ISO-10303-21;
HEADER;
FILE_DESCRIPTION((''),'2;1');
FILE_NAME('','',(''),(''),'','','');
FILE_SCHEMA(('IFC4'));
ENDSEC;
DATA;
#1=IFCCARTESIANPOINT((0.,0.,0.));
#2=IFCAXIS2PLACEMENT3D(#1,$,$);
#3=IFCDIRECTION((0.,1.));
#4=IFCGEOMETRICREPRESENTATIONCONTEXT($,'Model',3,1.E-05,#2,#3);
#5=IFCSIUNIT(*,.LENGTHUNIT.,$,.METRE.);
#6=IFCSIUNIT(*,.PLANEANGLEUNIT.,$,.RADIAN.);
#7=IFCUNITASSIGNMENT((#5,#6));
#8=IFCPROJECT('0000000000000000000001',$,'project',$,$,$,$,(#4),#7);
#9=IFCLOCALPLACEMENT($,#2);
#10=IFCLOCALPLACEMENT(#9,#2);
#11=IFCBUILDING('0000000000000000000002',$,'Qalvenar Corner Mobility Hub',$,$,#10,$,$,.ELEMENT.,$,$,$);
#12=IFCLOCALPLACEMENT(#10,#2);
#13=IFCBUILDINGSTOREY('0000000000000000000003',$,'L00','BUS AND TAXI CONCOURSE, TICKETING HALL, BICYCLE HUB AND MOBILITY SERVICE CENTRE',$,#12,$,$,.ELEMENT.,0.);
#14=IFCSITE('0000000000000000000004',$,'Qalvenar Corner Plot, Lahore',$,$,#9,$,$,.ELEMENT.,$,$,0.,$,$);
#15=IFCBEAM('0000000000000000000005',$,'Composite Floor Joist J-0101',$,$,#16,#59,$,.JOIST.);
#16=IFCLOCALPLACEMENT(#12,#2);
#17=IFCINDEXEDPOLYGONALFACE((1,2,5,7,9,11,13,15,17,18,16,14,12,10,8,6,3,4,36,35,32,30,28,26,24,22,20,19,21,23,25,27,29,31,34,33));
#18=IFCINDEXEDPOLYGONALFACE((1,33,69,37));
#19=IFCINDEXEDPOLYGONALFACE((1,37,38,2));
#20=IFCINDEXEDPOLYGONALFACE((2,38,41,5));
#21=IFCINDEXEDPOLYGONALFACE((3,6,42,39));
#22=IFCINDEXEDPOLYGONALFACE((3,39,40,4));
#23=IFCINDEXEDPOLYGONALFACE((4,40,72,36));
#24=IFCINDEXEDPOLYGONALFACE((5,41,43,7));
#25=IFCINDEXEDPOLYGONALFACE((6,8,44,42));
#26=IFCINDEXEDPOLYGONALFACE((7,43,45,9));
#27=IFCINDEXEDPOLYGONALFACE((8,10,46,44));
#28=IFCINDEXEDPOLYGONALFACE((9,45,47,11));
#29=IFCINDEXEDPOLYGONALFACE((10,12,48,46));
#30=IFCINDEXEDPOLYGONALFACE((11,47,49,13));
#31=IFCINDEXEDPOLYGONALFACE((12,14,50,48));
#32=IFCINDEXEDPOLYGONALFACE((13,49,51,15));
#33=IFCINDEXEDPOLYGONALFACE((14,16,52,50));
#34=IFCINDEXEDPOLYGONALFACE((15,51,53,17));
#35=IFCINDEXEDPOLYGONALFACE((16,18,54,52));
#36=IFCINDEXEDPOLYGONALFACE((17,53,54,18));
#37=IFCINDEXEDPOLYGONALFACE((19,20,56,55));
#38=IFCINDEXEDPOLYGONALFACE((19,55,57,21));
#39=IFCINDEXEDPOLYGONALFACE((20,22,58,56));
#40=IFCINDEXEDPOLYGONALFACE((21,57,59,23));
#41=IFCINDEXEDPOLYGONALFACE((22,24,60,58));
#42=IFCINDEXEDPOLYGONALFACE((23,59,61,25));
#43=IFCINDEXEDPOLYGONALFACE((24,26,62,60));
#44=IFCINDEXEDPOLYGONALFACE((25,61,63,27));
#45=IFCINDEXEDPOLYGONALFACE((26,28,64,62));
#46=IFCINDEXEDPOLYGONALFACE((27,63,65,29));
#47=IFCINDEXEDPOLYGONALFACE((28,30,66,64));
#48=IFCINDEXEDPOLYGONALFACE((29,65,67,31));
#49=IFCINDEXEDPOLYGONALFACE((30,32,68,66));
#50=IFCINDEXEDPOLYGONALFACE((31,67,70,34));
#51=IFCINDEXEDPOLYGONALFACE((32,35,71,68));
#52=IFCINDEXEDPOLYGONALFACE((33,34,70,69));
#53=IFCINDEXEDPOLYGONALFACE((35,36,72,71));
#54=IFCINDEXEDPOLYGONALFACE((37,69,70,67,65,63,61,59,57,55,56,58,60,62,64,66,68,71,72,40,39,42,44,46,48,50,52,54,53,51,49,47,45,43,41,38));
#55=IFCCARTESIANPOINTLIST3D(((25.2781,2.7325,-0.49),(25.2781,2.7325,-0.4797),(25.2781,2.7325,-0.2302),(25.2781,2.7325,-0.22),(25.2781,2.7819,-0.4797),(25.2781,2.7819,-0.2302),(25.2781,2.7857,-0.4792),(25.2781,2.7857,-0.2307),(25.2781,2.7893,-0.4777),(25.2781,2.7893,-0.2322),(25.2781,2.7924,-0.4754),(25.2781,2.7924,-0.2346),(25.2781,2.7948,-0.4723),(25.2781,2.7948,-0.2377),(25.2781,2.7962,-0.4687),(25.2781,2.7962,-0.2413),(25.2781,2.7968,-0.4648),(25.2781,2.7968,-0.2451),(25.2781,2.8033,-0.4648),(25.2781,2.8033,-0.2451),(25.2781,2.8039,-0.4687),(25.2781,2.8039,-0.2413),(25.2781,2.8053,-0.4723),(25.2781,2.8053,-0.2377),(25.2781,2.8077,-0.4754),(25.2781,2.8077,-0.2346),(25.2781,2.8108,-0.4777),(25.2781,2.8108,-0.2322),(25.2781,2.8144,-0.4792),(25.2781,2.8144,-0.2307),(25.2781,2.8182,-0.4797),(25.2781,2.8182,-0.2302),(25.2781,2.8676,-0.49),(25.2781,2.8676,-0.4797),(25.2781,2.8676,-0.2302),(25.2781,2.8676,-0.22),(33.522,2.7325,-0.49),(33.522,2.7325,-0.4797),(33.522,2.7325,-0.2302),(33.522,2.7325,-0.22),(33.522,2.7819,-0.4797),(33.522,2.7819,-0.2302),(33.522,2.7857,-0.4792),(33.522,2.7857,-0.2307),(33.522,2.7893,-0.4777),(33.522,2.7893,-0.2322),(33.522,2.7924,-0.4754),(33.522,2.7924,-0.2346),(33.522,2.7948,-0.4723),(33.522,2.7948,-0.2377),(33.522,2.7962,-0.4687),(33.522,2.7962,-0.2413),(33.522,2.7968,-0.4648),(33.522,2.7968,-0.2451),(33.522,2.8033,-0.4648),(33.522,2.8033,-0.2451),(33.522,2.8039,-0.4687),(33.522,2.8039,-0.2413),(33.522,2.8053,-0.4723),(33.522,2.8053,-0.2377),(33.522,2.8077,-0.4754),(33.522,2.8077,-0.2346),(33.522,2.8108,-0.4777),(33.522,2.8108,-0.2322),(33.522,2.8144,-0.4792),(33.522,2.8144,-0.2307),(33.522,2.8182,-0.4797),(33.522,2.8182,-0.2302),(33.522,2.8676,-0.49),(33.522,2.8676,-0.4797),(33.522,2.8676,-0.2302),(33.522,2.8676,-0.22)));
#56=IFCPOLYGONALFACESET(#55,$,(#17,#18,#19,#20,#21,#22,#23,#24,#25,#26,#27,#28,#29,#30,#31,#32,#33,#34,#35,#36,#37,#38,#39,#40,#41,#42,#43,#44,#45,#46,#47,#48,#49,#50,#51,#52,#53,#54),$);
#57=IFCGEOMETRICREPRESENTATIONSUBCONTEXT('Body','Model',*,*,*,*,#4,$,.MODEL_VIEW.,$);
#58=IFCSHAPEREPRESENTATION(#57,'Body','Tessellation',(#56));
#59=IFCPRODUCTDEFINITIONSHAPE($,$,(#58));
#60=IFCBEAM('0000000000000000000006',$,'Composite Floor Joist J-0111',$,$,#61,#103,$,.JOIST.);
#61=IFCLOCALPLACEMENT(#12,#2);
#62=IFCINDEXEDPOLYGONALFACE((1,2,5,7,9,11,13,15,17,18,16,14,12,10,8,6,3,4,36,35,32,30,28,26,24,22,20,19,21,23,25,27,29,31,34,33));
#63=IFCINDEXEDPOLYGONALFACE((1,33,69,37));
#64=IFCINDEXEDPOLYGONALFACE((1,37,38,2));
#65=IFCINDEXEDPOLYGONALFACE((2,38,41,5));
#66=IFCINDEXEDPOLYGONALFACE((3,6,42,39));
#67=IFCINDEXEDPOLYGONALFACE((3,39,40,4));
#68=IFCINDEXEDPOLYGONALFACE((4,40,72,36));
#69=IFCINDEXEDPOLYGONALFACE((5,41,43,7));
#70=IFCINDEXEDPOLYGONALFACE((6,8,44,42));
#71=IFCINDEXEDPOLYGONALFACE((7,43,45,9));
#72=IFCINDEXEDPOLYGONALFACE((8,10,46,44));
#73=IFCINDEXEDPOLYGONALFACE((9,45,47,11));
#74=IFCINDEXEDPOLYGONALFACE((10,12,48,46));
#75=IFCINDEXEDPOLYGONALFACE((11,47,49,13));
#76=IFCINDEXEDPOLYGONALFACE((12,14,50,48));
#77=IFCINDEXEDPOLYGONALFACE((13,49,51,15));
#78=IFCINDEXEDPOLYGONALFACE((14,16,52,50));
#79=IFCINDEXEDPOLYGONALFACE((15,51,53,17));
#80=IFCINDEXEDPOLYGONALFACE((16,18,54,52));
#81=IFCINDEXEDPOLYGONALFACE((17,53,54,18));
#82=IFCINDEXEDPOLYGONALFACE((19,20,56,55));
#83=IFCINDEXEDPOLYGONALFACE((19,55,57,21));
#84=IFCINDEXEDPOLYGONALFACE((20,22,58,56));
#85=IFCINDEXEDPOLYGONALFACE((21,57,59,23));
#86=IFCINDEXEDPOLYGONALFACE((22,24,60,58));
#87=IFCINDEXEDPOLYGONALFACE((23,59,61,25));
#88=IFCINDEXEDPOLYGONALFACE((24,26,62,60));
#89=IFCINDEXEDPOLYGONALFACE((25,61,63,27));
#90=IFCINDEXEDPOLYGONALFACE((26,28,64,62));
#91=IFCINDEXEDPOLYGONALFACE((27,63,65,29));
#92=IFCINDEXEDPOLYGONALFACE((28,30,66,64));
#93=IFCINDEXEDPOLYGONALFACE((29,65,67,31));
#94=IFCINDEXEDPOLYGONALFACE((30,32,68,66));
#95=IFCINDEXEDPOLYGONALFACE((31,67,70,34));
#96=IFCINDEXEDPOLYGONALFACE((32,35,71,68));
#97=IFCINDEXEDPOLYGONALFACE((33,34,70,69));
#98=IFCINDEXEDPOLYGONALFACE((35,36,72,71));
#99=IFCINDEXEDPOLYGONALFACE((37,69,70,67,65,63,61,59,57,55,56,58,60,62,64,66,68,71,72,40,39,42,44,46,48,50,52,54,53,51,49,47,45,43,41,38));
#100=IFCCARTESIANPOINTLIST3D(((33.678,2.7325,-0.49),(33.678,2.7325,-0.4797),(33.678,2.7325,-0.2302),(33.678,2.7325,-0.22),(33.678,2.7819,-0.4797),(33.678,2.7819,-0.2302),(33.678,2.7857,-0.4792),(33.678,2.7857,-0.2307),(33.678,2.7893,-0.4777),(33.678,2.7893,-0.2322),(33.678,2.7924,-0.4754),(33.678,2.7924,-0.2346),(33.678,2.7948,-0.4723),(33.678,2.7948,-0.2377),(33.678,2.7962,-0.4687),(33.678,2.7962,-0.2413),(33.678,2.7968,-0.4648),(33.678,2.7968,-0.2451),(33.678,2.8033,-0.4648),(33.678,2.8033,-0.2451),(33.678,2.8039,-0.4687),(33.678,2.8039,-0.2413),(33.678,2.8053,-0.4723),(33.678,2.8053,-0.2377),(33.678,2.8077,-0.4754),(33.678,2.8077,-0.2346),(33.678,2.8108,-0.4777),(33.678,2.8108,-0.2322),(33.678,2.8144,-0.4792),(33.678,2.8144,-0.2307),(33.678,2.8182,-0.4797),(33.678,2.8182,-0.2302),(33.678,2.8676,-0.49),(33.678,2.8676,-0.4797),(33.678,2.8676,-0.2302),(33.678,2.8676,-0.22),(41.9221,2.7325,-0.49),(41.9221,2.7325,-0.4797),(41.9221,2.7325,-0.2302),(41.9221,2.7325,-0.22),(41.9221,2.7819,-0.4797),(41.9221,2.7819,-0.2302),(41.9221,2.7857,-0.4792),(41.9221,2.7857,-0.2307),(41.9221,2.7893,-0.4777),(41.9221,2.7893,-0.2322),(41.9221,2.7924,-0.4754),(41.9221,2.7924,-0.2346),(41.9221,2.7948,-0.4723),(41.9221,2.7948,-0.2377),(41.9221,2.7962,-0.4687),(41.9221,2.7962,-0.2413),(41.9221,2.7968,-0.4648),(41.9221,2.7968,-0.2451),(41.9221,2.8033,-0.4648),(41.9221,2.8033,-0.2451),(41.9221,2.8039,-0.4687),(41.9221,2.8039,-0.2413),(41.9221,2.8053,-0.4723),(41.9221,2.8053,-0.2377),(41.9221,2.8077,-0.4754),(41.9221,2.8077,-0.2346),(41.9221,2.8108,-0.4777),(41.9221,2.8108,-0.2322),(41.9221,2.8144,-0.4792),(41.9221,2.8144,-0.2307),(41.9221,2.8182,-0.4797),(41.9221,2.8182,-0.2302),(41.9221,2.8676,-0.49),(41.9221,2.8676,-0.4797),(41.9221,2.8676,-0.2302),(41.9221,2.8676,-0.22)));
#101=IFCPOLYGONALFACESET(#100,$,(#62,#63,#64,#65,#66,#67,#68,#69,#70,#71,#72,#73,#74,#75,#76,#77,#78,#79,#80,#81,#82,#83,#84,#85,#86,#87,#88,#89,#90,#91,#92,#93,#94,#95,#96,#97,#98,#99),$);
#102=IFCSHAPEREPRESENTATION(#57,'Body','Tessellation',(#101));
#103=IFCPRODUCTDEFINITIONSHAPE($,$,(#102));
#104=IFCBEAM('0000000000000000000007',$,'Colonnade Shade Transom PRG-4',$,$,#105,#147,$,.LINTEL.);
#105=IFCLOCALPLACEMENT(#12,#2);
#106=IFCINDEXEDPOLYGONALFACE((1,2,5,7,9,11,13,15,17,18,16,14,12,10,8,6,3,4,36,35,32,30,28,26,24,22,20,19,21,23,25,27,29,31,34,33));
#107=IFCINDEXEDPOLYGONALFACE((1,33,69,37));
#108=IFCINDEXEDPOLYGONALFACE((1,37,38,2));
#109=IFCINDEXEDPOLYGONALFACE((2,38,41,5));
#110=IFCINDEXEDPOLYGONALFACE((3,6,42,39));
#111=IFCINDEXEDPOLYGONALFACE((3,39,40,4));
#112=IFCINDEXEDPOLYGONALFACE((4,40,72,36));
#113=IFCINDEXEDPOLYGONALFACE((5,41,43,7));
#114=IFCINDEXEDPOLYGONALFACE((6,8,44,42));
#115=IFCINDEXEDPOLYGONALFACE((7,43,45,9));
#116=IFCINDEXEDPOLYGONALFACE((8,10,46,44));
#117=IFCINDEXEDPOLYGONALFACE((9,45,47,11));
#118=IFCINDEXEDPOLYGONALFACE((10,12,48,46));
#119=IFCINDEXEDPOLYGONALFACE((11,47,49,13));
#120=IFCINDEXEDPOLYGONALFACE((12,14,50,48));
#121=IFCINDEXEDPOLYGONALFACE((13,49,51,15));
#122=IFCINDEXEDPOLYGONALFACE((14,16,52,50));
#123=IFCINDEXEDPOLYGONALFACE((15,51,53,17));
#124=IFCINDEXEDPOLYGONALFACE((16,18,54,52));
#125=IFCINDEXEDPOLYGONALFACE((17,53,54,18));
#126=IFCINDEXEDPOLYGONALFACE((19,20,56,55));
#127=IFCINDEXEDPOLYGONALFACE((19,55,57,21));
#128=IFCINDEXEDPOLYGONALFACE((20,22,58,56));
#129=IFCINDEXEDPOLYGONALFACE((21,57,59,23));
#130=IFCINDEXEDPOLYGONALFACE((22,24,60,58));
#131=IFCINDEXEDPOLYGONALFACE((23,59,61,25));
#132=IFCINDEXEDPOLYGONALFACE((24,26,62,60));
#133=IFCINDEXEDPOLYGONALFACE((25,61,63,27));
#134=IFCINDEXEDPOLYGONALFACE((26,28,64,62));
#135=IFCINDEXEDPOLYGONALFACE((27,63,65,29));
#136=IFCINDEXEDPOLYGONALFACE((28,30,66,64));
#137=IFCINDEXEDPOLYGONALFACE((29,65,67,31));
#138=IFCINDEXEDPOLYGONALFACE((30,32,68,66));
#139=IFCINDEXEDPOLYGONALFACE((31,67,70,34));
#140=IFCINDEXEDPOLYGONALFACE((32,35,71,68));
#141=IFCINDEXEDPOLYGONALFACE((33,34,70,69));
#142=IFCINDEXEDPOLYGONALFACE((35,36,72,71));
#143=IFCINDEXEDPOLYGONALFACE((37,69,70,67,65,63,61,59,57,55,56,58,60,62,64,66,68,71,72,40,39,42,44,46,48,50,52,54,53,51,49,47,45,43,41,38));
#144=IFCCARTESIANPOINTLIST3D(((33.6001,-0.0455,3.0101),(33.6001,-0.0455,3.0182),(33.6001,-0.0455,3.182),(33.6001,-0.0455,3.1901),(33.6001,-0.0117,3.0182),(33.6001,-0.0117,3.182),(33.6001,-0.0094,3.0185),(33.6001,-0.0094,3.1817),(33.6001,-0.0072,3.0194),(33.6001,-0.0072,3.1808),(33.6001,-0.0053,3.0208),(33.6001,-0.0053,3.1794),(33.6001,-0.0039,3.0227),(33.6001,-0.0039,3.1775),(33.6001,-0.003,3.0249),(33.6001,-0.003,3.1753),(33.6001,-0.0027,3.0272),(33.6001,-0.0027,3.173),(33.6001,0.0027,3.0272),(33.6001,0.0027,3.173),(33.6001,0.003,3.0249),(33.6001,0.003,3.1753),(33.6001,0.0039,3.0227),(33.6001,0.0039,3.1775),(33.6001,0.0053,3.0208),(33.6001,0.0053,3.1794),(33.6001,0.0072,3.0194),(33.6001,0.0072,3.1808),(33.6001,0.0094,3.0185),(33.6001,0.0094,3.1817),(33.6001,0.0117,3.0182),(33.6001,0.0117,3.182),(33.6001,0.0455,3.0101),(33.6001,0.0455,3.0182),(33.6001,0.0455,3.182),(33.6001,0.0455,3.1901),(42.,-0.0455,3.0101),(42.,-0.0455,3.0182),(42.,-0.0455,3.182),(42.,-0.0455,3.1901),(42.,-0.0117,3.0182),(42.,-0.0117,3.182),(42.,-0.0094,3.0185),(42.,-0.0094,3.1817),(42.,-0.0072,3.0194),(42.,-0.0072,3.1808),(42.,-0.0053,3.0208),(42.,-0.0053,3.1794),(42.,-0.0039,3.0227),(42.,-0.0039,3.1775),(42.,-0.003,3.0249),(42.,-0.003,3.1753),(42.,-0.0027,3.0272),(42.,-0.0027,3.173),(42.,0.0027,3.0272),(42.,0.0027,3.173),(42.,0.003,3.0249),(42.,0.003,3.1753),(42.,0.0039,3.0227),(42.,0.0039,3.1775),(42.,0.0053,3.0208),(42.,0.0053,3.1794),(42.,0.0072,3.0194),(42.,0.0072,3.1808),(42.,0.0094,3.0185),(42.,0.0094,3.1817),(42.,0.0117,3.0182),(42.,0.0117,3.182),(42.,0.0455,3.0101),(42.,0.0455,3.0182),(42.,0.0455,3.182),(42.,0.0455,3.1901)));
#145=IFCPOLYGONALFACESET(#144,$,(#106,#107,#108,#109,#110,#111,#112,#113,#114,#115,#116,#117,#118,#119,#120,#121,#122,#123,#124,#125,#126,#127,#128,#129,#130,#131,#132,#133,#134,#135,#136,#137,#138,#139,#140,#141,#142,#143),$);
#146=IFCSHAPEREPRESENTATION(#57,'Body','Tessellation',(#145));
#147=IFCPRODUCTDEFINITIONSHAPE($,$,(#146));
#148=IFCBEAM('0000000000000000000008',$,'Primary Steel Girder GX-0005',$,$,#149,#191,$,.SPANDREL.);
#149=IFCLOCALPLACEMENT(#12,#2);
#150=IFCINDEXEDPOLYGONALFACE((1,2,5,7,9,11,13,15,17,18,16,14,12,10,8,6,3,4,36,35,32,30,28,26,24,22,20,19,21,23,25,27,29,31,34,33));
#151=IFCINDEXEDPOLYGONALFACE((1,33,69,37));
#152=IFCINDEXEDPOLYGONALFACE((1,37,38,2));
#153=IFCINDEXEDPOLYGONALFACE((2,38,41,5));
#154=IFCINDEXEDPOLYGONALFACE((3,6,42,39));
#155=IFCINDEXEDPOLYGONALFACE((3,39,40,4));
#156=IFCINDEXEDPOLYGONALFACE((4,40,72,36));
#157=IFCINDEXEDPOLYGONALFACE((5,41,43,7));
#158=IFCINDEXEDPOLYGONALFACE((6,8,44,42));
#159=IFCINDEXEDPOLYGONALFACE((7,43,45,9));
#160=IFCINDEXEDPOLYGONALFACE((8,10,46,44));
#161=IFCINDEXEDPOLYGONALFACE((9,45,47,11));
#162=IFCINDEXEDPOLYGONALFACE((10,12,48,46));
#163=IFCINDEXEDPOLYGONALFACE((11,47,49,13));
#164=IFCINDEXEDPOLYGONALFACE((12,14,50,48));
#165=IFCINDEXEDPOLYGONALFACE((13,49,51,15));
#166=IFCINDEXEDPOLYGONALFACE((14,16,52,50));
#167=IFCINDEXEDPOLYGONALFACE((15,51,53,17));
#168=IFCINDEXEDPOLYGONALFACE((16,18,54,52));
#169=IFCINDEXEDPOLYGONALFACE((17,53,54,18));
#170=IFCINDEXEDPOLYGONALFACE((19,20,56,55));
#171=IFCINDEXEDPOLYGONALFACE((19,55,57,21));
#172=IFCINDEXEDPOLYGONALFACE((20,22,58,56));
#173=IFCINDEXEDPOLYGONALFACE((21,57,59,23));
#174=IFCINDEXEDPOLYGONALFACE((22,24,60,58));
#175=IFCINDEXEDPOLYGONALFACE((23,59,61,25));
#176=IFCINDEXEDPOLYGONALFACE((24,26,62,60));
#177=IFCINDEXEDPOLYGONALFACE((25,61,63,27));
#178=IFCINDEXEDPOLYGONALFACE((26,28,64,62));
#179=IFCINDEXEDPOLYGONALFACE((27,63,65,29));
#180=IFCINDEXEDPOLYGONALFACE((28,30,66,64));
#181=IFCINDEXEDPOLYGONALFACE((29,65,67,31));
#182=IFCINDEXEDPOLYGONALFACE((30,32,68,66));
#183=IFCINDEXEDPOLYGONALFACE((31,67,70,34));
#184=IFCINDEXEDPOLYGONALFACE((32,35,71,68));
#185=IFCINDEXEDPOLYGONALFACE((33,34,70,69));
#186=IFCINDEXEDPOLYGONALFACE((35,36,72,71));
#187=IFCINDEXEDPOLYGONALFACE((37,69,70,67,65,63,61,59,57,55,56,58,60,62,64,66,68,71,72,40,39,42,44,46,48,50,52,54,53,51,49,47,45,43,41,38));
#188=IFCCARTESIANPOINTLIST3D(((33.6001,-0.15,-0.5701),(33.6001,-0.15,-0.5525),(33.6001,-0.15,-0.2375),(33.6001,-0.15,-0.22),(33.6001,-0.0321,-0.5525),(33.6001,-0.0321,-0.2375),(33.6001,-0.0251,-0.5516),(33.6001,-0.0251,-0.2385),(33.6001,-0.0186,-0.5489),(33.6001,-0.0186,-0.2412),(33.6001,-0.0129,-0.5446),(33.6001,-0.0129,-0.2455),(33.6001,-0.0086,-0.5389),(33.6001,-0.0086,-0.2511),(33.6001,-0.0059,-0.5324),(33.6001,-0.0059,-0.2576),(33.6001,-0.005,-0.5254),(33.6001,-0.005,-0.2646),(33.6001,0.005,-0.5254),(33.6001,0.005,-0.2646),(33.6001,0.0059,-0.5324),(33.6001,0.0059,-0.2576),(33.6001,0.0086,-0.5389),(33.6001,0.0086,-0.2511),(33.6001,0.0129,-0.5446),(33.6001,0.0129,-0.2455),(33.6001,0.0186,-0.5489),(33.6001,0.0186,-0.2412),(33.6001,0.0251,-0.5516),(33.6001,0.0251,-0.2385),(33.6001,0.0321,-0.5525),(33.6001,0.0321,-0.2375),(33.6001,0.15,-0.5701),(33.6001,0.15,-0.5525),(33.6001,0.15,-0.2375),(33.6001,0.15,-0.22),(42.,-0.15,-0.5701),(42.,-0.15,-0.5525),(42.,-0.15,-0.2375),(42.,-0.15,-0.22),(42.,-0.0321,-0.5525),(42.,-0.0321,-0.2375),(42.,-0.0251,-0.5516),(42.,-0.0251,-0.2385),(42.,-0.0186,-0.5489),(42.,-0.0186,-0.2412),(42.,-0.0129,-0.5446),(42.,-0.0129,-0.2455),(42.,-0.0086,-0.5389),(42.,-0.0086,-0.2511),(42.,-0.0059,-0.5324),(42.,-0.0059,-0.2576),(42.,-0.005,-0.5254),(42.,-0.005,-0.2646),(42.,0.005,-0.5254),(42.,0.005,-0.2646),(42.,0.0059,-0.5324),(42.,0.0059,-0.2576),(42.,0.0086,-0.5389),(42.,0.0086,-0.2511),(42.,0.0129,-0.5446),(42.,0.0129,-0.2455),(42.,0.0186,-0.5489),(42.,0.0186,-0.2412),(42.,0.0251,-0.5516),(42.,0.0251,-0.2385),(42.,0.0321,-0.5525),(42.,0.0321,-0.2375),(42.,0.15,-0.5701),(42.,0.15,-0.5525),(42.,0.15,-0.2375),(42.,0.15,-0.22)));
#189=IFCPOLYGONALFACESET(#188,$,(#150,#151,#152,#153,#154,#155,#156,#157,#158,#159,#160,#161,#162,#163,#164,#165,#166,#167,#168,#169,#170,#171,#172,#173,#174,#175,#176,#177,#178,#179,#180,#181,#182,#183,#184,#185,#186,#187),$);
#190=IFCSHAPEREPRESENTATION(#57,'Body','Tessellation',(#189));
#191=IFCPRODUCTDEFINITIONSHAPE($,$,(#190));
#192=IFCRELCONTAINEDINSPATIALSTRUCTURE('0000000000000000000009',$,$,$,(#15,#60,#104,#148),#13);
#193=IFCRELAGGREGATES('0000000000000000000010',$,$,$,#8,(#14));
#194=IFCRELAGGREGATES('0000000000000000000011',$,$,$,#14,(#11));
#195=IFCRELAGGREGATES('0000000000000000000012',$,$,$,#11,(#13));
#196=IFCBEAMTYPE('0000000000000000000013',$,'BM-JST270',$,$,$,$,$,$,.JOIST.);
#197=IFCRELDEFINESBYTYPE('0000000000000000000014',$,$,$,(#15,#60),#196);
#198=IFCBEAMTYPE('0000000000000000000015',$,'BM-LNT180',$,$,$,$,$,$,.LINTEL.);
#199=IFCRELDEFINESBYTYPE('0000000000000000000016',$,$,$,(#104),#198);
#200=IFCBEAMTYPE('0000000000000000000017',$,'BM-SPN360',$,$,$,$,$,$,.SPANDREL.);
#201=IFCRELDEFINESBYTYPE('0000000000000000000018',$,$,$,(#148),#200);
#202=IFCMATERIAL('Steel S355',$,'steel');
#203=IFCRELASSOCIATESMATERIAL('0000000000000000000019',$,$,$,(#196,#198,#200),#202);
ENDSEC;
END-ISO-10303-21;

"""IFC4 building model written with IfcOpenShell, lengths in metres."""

from ifc_helpers import new_model, si_unit, direction, frame, origin, origin_2d, place, context, subcontext, project, spatial, i_section, extrude, material, material_profile, profile_set, type_object, element, save


model = new_model("IFC4")

# Units and contexts
model_context = context("Model", 3, precision=1e-05, world=origin(), true_north=direction((0.0, 1.0)))
body_context = subcontext(model_context, "Body", "Model", "MODEL_VIEW")
ifc_project = project(units=[si_unit("LENGTHUNIT", "METRE"), si_unit("PLANEANGLEUNIT", "RADIAN")], contexts=[model_context])

# Site, building, storey
site_placement = place(None, origin())
site = spatial("IfcSite", under=ifc_project, at=site_placement, Name="Qalvenar Corner Plot, Lahore", CompositionType="ELEMENT", RefElevation=0.0)
building_placement = place(site_placement, origin())
building = spatial("IfcBuilding", under=site, at=building_placement, Name="Qalvenar Corner Mobility Hub", CompositionType="ELEMENT")
storey_placement = place(building_placement, origin())
storey = spatial("IfcBuildingStorey", under=building, at=storey_placement, Name="L00", Description="BUS AND TAXI CONCOURSE, TICKETING HALL, BICYCLE HUB AND MOBILITY SERVICE CENTRE", CompositionType="ELEMENT", Elevation=0.0)

# Shared definitions
ifc_material_1 = material(Name="Steel S355", Category="steel")

# Beams
ifc_material_profile_1 = material_profile(ifc_material_1, i_section(OverallWidth=0.135, OverallDepth=0.27, WebThickness=0.0066, FlangeThickness=0.0103, FilletRadius=0.0149, at=origin_2d()), Name="IPE270")
ifc_profile_set_1 = profile_set([ifc_material_profile_1], Name="Steel S355")
beam_type_1 = type_object("IfcBeamType", Name="BM-JST270", PredefinedType="JOIST", material=ifc_profile_set_1)
beam_1_placement = place(storey_placement, frame((25.2781, 2.8, -0.355), z_axis=(1.0, 0.0, 0.0), x_axis=(0.0, 1.0, 0.0)))
element("IfcBeam", 1, at=beam_1_placement, inside=storey, type_object=beam_type_1, Name="Composite Floor Joist J-0101", PredefinedType="JOIST", context=body_context, shape_type="SweptSolid", body=[
    extrude(i_section(OverallWidth=0.135, OverallDepth=0.27, WebThickness=0.0066, FlangeThickness=0.0103, FilletRadius=0.0149, at=origin_2d()), origin(), (0.0, 0.0, 1.0), 8.2439),
])
beam_2_placement = place(storey_placement, frame((33.678, 2.8, -0.355), z_axis=(1.0, 0.0, 0.0), x_axis=(0.0, 1.0, 0.0)))
element("IfcBeam", 2, at=beam_2_placement, inside=storey, type_object=beam_type_1, Name="Composite Floor Joist J-0111", PredefinedType="JOIST", context=body_context, shape_type="SweptSolid", body=[
    extrude(i_section(OverallWidth=0.135, OverallDepth=0.27, WebThickness=0.0066, FlangeThickness=0.0103, FilletRadius=0.0149, at=origin_2d()), origin(), (0.0, 0.0, 1.0), 8.2441),
])
ifc_material_profile_2 = material_profile(ifc_material_1, i_section(OverallWidth=0.0911, OverallDepth=0.1799, WebThickness=0.0054, FlangeThickness=0.0081, FilletRadius=0.009, at=origin_2d()), Name="IPE180")
ifc_profile_set_2 = profile_set([ifc_material_profile_2], Name="Steel S355")
beam_type_2 = type_object("IfcBeamType", Name="BM-LNT180", PredefinedType="LINTEL", material=ifc_profile_set_2)
beam_3_placement = place(storey_placement, frame((33.6001, 0.0, 3.1001), z_axis=(1.0, 0.0, 0.0), x_axis=(0.0, 1.0, 0.0)))
element("IfcBeam", 3, at=beam_3_placement, inside=storey, type_object=beam_type_2, Name="Colonnade Shade Transom PRG-4", PredefinedType="LINTEL", context=body_context, shape_type="SweptSolid", body=[
    extrude(i_section(OverallWidth=0.0911, OverallDepth=0.1799, WebThickness=0.0054, FlangeThickness=0.0081, FilletRadius=0.009, at=origin_2d()), origin(), (0.0, 0.0, 1.0), 8.3999),
])
ifc_material_profile_3 = material_profile(ifc_material_1, i_section(OverallWidth=0.3, OverallDepth=0.3501, WebThickness=0.01, FlangeThickness=0.0176, FilletRadius=0.0271, at=origin_2d()), Name="HEA360")
ifc_profile_set_3 = profile_set([ifc_material_profile_3], Name="Steel S355")
beam_type_3 = type_object("IfcBeamType", Name="BM-SPN360", PredefinedType="SPANDREL", material=ifc_profile_set_3)
beam_4_placement = place(storey_placement, frame((33.6001, 0.0, -0.395), z_axis=(1.0, 0.0, 0.0), x_axis=(0.0, 1.0, 0.0)))
element("IfcBeam", 4, at=beam_4_placement, inside=storey, type_object=beam_type_3, Name="Primary Steel Girder GX-0005", PredefinedType="SPANDREL", context=body_context, shape_type="SweptSolid", body=[
    extrude(i_section(OverallWidth=0.3, OverallDepth=0.3501, WebThickness=0.01, FlangeThickness=0.0176, FilletRadius=0.0271, at=origin_2d()), origin(), (0.0, 0.0, 1.0), 8.3999),
])

save(model, "model.ifc")
